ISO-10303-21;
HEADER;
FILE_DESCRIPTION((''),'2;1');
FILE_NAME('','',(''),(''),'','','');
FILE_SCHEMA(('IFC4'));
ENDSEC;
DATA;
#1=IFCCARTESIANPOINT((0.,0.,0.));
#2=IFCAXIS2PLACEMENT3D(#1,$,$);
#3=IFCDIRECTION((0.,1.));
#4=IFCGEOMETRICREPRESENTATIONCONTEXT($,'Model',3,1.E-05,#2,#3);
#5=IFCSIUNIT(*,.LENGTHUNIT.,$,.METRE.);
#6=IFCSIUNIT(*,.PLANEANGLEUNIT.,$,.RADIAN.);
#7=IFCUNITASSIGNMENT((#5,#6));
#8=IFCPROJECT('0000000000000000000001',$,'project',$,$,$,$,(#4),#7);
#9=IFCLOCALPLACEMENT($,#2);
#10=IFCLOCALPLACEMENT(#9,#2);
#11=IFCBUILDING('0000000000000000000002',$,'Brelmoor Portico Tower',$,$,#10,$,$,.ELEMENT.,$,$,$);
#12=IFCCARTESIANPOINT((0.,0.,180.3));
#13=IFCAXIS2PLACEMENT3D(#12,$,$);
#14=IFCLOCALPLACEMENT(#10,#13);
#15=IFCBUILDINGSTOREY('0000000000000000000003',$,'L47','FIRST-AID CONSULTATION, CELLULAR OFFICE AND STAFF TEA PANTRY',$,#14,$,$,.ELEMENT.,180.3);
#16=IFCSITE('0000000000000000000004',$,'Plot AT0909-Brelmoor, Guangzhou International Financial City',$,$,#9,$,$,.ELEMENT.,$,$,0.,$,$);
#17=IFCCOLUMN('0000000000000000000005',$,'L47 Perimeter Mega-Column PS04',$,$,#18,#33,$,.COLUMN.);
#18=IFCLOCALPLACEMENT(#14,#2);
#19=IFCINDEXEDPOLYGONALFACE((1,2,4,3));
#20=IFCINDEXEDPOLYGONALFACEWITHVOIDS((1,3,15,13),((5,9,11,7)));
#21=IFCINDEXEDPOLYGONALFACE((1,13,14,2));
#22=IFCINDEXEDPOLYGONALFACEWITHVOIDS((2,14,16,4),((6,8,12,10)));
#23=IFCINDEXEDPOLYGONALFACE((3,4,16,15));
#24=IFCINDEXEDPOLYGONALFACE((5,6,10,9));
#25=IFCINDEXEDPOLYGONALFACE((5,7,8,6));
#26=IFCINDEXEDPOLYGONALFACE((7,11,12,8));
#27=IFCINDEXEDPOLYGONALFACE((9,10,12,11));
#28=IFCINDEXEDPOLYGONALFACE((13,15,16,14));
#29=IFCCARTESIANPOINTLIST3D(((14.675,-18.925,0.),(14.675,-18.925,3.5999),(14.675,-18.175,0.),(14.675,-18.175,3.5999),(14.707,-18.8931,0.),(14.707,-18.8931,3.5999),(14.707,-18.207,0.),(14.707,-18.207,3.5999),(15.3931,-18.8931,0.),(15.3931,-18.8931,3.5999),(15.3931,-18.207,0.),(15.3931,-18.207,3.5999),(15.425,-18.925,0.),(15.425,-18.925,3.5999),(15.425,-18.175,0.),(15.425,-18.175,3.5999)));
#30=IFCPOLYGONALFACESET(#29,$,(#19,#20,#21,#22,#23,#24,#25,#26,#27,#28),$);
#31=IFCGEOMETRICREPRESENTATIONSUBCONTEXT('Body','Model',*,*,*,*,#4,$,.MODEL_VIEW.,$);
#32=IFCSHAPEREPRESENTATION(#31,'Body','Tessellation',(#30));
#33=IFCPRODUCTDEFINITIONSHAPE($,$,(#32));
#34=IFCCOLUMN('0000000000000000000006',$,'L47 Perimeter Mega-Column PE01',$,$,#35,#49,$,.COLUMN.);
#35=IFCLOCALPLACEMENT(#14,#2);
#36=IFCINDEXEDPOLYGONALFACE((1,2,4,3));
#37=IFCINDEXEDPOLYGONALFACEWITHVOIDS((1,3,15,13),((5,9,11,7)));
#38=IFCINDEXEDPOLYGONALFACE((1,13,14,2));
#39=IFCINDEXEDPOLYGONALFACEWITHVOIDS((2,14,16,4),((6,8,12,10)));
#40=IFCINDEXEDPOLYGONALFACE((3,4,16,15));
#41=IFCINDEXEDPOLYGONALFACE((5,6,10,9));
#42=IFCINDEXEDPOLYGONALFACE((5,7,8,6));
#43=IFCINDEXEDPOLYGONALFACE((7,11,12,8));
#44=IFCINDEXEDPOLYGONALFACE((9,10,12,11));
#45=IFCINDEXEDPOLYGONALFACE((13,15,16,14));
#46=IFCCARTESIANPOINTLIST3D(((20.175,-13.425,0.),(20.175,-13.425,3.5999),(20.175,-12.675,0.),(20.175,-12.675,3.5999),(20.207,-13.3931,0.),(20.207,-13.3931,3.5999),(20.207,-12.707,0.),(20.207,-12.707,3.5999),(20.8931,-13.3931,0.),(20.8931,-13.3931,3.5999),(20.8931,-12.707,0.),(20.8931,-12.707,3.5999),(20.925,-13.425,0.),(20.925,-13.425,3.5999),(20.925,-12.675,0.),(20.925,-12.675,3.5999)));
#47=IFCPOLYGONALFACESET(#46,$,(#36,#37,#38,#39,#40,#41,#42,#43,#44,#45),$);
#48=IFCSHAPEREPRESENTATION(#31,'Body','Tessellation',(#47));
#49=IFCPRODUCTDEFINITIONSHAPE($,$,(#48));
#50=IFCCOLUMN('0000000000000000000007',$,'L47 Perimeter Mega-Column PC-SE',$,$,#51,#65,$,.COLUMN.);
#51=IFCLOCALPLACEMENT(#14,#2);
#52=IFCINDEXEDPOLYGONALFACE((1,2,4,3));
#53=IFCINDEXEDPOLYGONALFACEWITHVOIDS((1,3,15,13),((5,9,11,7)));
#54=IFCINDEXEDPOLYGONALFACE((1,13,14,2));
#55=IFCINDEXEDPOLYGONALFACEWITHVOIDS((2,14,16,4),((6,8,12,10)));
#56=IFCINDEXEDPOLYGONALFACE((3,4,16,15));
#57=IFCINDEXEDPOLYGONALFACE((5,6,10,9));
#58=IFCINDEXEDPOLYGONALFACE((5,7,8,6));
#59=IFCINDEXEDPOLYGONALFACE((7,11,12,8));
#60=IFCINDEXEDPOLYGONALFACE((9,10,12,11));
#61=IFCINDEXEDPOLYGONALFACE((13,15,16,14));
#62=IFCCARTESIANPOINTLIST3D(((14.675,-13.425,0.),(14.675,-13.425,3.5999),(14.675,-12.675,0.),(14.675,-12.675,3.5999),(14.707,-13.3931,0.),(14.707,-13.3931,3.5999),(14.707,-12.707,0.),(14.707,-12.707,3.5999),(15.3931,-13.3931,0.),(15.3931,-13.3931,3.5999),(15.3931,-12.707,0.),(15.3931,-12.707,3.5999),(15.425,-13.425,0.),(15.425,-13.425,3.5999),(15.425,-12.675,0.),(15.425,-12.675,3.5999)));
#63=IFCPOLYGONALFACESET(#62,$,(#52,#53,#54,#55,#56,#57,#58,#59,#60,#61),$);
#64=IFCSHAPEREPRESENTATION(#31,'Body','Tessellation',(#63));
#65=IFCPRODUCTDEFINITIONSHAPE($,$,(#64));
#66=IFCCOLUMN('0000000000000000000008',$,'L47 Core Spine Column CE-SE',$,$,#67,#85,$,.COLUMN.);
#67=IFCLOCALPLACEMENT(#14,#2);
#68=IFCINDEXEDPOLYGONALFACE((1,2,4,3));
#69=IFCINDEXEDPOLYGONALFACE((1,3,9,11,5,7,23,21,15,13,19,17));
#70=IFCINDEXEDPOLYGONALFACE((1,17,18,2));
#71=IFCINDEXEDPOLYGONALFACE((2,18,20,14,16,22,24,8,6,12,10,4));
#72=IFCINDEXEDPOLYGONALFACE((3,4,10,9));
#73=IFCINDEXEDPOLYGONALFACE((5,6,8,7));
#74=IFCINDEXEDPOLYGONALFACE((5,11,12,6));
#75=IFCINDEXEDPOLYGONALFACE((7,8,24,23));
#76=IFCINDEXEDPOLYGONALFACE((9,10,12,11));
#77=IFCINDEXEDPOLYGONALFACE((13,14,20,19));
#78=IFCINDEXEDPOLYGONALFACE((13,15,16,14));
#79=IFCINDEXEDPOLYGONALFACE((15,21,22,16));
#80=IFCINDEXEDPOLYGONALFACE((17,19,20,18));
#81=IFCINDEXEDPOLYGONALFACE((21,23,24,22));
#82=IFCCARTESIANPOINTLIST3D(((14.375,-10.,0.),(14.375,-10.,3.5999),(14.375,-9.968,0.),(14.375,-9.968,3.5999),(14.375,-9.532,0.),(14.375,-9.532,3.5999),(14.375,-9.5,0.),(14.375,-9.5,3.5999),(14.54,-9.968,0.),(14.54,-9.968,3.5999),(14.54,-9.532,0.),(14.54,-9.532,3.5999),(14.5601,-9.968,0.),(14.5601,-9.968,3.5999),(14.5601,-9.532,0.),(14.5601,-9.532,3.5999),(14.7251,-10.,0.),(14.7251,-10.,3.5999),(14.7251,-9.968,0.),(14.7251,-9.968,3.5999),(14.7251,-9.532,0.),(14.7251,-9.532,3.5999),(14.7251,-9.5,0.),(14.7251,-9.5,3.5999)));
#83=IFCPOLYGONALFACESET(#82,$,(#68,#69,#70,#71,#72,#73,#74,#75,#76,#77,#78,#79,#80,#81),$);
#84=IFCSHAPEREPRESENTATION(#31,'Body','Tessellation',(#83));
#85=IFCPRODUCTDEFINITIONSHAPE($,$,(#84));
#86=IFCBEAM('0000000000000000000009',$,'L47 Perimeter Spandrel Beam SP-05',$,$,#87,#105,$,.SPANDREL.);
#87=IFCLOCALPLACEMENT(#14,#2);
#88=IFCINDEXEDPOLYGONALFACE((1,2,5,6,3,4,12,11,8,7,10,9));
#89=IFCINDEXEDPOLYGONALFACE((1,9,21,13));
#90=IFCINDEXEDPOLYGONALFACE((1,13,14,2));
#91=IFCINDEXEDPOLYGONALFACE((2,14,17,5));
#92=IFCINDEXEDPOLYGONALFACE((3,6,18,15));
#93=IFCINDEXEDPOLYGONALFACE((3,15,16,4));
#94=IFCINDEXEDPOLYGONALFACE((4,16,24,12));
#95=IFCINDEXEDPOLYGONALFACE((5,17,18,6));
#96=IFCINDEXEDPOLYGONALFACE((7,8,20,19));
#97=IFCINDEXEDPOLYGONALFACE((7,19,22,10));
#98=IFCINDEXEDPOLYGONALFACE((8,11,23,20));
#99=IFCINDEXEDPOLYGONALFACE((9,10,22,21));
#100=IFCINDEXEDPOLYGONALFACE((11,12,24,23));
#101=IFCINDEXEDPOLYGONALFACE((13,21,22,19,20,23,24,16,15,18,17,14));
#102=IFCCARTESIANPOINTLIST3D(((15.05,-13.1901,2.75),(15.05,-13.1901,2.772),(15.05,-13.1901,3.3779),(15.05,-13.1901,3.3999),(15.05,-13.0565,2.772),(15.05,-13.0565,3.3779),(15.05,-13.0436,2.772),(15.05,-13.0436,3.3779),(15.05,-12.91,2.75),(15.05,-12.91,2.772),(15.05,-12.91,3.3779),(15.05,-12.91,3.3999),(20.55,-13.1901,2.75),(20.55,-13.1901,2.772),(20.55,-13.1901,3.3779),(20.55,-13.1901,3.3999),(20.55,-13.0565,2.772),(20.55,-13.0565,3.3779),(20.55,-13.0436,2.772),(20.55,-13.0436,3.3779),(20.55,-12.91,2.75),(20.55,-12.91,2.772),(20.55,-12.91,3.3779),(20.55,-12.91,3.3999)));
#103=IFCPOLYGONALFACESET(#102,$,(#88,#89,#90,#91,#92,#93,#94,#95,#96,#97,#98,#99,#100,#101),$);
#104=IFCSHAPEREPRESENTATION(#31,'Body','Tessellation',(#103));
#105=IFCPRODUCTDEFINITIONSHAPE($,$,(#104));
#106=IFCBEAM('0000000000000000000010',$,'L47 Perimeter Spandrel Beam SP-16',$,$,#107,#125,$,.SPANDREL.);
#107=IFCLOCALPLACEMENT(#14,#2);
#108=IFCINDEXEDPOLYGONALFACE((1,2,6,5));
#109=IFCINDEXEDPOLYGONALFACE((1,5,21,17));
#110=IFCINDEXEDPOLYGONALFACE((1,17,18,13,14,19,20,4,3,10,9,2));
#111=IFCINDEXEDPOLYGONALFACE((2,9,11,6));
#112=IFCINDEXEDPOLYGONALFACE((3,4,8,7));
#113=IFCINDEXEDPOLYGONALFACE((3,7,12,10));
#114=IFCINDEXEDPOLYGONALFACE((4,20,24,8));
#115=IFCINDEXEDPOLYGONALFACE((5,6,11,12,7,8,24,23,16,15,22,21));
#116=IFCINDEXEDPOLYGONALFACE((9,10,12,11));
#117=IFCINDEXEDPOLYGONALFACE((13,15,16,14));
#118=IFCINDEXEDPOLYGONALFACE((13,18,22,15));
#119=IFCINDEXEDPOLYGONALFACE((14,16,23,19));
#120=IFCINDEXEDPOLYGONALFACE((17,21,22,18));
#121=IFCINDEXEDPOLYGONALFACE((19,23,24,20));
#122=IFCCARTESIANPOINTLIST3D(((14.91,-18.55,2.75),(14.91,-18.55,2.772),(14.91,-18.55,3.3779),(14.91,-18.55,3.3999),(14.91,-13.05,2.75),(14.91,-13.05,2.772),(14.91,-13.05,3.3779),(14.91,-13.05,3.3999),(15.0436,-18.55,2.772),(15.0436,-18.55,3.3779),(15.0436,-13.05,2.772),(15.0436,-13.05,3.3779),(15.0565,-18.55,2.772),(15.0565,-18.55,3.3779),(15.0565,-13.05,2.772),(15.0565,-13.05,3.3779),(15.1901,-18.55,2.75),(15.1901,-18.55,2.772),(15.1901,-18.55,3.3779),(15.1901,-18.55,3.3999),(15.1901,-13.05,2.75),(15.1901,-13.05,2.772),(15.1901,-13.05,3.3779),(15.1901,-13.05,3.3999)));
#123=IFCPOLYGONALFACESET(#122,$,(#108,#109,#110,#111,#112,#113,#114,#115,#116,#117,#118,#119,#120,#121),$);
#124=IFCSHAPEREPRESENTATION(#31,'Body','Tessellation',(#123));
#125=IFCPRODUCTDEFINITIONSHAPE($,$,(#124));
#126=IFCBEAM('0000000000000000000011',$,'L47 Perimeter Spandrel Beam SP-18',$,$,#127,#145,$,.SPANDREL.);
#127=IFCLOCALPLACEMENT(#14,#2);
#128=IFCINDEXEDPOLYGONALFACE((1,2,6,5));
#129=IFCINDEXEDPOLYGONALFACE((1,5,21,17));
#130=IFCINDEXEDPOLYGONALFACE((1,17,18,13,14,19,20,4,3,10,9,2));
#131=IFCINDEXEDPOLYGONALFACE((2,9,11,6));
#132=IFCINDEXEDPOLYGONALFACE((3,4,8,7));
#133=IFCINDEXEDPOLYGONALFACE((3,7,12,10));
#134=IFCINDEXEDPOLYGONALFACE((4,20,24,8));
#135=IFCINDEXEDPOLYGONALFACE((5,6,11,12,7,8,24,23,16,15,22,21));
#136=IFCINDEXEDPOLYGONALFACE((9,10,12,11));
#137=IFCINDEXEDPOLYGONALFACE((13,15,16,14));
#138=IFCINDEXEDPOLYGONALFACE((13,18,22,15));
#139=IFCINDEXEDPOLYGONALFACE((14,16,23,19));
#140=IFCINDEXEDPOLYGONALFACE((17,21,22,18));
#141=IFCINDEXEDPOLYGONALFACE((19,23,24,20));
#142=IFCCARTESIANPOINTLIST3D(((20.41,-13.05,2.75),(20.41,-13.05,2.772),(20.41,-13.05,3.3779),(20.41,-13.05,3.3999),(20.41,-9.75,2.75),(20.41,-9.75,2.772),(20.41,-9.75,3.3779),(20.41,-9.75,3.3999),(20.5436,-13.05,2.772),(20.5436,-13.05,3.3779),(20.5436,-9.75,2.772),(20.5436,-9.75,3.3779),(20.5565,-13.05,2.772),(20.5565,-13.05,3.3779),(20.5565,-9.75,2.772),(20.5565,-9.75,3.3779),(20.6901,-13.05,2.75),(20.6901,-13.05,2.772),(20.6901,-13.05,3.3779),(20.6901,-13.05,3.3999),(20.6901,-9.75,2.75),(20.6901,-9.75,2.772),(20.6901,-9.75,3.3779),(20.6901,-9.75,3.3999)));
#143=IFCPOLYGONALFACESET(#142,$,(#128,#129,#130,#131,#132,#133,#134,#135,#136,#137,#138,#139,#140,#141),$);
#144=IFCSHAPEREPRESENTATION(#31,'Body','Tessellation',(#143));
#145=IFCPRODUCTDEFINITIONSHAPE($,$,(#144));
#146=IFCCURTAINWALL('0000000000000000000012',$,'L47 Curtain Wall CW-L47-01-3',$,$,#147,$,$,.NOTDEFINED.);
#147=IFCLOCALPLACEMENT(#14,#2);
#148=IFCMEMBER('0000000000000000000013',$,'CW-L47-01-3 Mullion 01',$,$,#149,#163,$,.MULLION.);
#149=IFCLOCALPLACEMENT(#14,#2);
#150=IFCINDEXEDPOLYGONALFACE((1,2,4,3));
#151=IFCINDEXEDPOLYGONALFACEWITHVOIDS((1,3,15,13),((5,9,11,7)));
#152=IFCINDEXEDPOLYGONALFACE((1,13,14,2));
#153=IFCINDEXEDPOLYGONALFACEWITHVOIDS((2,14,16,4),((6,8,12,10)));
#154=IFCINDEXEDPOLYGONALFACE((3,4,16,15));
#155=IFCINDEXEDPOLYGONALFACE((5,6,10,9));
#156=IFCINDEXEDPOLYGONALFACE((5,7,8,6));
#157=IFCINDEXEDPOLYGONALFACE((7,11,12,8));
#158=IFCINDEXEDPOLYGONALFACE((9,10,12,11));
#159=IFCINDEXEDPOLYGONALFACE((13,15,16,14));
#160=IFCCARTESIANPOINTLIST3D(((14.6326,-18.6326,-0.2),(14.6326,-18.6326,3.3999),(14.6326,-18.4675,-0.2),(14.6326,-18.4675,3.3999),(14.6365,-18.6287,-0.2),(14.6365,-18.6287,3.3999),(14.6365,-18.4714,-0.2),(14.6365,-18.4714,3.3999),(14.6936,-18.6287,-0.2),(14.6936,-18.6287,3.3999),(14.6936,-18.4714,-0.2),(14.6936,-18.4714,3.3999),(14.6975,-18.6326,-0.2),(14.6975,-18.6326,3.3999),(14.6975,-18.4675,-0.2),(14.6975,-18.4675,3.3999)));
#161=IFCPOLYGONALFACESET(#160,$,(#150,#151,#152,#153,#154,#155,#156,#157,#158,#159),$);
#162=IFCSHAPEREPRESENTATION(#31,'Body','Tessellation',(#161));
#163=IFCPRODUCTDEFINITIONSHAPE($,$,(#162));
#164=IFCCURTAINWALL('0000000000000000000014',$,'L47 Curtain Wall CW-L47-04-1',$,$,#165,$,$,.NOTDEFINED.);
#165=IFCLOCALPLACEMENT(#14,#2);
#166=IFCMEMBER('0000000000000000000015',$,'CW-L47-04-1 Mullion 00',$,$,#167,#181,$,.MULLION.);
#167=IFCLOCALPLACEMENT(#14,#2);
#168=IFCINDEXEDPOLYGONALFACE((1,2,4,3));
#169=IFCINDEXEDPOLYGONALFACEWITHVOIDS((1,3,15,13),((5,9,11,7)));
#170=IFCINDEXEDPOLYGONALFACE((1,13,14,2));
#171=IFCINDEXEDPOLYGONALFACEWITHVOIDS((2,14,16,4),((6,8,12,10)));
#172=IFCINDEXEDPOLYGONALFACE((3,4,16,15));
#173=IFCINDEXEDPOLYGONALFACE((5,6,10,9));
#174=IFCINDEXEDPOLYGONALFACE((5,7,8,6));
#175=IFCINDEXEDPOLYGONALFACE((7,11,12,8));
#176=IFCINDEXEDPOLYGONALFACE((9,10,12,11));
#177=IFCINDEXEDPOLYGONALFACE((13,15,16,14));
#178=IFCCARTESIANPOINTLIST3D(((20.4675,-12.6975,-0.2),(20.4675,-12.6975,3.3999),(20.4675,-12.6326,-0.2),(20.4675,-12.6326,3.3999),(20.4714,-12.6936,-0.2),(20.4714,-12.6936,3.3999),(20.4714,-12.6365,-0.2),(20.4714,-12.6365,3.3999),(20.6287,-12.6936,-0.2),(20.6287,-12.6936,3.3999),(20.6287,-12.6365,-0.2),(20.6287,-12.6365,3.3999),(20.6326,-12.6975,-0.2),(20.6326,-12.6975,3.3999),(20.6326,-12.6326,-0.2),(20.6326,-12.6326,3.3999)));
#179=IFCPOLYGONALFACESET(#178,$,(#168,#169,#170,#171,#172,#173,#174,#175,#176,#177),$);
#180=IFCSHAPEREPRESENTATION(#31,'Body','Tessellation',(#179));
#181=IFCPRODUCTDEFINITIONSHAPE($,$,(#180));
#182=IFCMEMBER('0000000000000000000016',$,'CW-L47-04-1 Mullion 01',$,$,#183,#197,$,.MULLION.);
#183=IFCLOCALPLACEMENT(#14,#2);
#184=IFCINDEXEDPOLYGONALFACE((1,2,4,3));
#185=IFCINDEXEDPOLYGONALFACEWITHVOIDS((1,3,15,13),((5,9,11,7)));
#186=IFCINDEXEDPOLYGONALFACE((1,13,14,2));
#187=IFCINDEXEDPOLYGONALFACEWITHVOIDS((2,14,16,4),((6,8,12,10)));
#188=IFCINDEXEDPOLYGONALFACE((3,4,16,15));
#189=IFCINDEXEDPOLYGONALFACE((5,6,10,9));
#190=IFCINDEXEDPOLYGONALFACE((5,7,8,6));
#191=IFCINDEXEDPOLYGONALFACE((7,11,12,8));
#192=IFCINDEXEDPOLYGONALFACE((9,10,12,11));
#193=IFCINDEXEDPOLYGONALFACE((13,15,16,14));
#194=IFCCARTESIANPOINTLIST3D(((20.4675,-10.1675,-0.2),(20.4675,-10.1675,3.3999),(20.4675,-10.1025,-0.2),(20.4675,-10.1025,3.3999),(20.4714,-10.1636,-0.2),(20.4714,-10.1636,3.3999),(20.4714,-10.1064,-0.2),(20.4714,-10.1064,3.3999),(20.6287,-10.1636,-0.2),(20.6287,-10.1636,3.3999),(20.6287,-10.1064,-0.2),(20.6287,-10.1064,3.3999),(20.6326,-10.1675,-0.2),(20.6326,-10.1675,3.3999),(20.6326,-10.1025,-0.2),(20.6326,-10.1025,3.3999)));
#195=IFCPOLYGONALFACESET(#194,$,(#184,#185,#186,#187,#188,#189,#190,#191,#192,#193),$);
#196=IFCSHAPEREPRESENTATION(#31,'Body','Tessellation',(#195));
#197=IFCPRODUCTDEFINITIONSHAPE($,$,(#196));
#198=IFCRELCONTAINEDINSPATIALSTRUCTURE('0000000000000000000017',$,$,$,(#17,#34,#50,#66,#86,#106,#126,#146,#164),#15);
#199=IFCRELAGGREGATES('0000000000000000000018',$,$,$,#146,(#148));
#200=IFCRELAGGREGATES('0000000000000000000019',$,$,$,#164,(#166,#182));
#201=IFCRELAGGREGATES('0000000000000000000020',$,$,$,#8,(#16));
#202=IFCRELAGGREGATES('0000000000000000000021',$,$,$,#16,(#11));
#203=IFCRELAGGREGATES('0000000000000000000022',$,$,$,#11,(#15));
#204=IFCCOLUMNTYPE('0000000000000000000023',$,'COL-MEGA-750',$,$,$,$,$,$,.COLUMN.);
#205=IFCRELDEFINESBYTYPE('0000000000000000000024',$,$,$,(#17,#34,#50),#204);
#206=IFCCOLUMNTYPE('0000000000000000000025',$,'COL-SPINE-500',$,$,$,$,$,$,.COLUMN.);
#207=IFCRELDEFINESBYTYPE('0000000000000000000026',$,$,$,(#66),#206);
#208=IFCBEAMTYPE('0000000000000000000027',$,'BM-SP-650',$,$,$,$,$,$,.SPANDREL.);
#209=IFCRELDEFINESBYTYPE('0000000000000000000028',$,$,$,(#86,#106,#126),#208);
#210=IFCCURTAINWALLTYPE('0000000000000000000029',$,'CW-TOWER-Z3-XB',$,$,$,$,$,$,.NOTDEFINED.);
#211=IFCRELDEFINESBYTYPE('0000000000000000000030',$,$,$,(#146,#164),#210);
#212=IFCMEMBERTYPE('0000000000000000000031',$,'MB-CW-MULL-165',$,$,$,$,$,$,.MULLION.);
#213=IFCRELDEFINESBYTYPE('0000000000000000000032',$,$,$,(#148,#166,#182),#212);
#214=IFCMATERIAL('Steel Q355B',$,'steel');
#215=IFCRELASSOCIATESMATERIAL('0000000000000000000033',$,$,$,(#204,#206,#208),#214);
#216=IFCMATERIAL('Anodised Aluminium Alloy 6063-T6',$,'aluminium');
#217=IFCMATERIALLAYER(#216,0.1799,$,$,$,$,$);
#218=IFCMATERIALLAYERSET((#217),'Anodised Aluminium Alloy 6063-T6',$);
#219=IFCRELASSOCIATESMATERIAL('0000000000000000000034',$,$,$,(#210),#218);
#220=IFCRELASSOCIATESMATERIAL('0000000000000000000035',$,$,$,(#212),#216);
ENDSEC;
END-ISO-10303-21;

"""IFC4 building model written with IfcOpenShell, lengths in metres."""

from ifc_helpers import new_model, si_unit, direction, frame, origin, origin_2d, place, context, subcontext, project, spatial, hollow_rectangle, i_section, extrude, material, layer, layer_set, material_profile, profile_set, type_object, element, aggregate, save


model = new_model("IFC4")

# Units and contexts
model_context = context("Model", 3, precision=1e-05, world=origin(), true_north=direction((0.0, 1.0)))
body_context = subcontext(model_context, "Body", "Model", "MODEL_VIEW")
ifc_project = project(units=[si_unit("LENGTHUNIT", "METRE"), si_unit("PLANEANGLEUNIT", "RADIAN")], contexts=[model_context])

# Site, building, storey
site_placement = place(None, origin())
site = spatial("IfcSite", under=ifc_project, at=site_placement, Name="Plot AT0909-Brelmoor, Guangzhou International Financial City", CompositionType="ELEMENT", RefElevation=0.0)
building_placement = place(site_placement, origin())
building = spatial("IfcBuilding", under=site, at=building_placement, Name="Brelmoor Portico Tower", CompositionType="ELEMENT")
storey_placement = place(building_placement, frame((0.0, 0.0, 180.3)))
storey = spatial("IfcBuildingStorey", under=building, at=storey_placement, Name="L47", Description="FIRST-AID CONSULTATION, CELLULAR OFFICE AND STAFF TEA PANTRY", CompositionType="ELEMENT", Elevation=180.3)

# Columns
ifc_material_1 = material(Name="Steel Q355B", Category="steel")
ifc_material_profile_1 = material_profile(ifc_material_1, hollow_rectangle(XDim=0.75, YDim=0.75, WallThickness=0.032, at=origin_2d()), Name="BOX 750x750x32")
ifc_profile_set_1 = profile_set([ifc_material_profile_1], Name="Steel Q355B")
column_type_1 = type_object("IfcColumnType", Name="COL-MEGA-750", PredefinedType="COLUMN", material=ifc_profile_set_1)
for number, where, z_axis, x_axis, name in (
    (1, (15.05, -18.55, 0.0), (0.0, 0.0, 1.0), (1.0, 0.0, 0.0), "L47 Perimeter Mega-Column PS04"),
    (2, (20.55, -13.05, 0.0), (0.0, 0.0, 1.0), (0.0, 1.0, 0.0), "L47 Perimeter Mega-Column PE01"),
    (3, (15.05, -13.05, 0.0), (0.0, 0.0, 1.0), (1.0, 0.0, 0.0), "L47 Perimeter Mega-Column PC-SE"),
):
    element("IfcColumn", number, at=place(storey_placement, frame(where, z_axis=z_axis, x_axis=x_axis)), inside=storey, type_object=column_type_1, Name=name, PredefinedType="COLUMN", context=body_context, shape_type="SweptSolid", body=[
        extrude(hollow_rectangle(XDim=0.75, YDim=0.75, WallThickness=0.032, at=origin_2d()), origin(), (0.0, 0.0, 1.0), 3.5999),
    ])
ifc_material_profile_2 = material_profile(ifc_material_1, i_section(OverallWidth=0.3501, OverallDepth=0.5, WebThickness=0.02, FlangeThickness=0.032, at=origin_2d()), Name="HW 500x350x20x32")
ifc_profile_set_2 = profile_set([ifc_material_profile_2], Name="Steel Q355B")
column_type_2 = type_object("IfcColumnType", Name="COL-SPINE-500", PredefinedType="COLUMN", material=ifc_profile_set_2)
column_placement = place(storey_placement, frame((14.55, -9.75, 0.0), z_axis=(0.0, 0.0, 1.0), x_axis=(1.0, 0.0, 0.0)))
element("IfcColumn", 4, at=column_placement, inside=storey, type_object=column_type_2, Name="L47 Core Spine Column CE-SE", PredefinedType="COLUMN", context=body_context, shape_type="SweptSolid", body=[
    extrude(i_section(OverallWidth=0.3501, OverallDepth=0.5, WebThickness=0.02, FlangeThickness=0.032, at=origin_2d()), origin(), (0.0, 0.0, 1.0), 3.5999),
])

# Beams
ifc_material_profile_3 = material_profile(ifc_material_1, i_section(OverallWidth=0.28, OverallDepth=0.6499, WebThickness=0.0129, FlangeThickness=0.022, at=origin_2d()), Name="HN 650x280x13x22")
ifc_profile_set_3 = profile_set([ifc_material_profile_3], Name="Steel Q355B")
beam_type = type_object("IfcBeamType", Name="BM-SP-650", PredefinedType="SPANDREL", material=ifc_profile_set_3)
for number, where, z_axis, x_axis, name in (
    (5, (15.05, -13.05, 3.075), (1.0, 0.0, 0.0), (0.0, 1.0, 0.0), "L47 Perimeter Spandrel Beam SP-05"),
    (6, (15.05, -18.55, 3.075), (0.0, 1.0, 0.0), (-1.0, 0.0, 0.0), "L47 Perimeter Spandrel Beam SP-16"),
):
    element("IfcBeam", number, at=place(storey_placement, frame(where, z_axis=z_axis, x_axis=x_axis)), inside=storey, type_object=beam_type, Name=name, PredefinedType="SPANDREL", context=body_context, shape_type="SweptSolid", body=[
        extrude(i_section(OverallWidth=0.28, OverallDepth=0.6499, WebThickness=0.0129, FlangeThickness=0.022, at=origin_2d()), origin(), (0.0, 0.0, 1.0), 5.5),
    ])
beam_placement = place(storey_placement, frame((20.55, -13.05, 3.075), z_axis=(0.0, 1.0, 0.0), x_axis=(-1.0, 0.0, 0.0)))
element("IfcBeam", 7, at=beam_placement, inside=storey, type_object=beam_type, Name="L47 Perimeter Spandrel Beam SP-18", PredefinedType="SPANDREL", context=body_context, shape_type="SweptSolid", body=[
    extrude(i_section(OverallWidth=0.28, OverallDepth=0.6499, WebThickness=0.0129, FlangeThickness=0.022, at=origin_2d()), origin(), (0.0, 0.0, 1.0), 3.3),
])

# Curtain wall, member
ifc_material_2 = material(Name="Anodised Aluminium Alloy 6063-T6", Category="aluminium")
ifc_layer_1 = layer(ifc_material_2, 0.1799)
ifc_layer_set_1 = layer_set([ifc_layer_1], Name="Anodised Aluminium Alloy 6063-T6")
curtain_wall_type = type_object("IfcCurtainWallType", Name="CW-TOWER-Z3-XB", PredefinedType="NOTDEFINED", material=ifc_layer_set_1)
curtain_wall_1_placement = place(storey_placement, origin())
curtain_wall_1 = element("IfcCurtainWall", 8, at=curtain_wall_1_placement, inside=storey, type_object=curtain_wall_type, Name="L47 Curtain Wall CW-L47-01-3", PredefinedType="NOTDEFINED")
ifc_material_profile_4 = material_profile(ifc_material_2, hollow_rectangle(XDim=0.0649, YDim=0.165, WallThickness=0.0039, at=origin_2d()), Name="ALU MULLION 65x165")
ifc_profile_set_4 = profile_set([ifc_material_profile_4], Name="Anodised Aluminium Alloy 6063-T6")
member_type_1 = type_object("IfcMemberType", Name="MB-CW-MULL-165", PredefinedType="MULLION", material=ifc_profile_set_4)
member_1_placement = place(storey_placement, frame((14.665, -18.55, -0.2), z_axis=(0.0, 0.0, 1.0), x_axis=(1.0, 0.0, 0.0)))
member_1 = element("IfcMember", 9, at=member_1_placement, type_object=member_type_1, Name="CW-L47-01-3 Mullion 01", PredefinedType="MULLION", context=body_context, shape_type="SweptSolid", body=[
    extrude(hollow_rectangle(XDim=0.0649, YDim=0.165, WallThickness=0.0039, at=origin_2d()), origin(), (0.0, 0.0, 1.0), 3.5999),
])
aggregate(curtain_wall_1, [member_1])

# Curtain wall, members
curtain_wall_2_placement = place(storey_placement, origin())
curtain_wall_2 = element("IfcCurtainWall", 10, at=curtain_wall_2_placement, inside=storey, type_object=curtain_wall_type, Name="L47 Curtain Wall CW-L47-04-1", PredefinedType="NOTDEFINED")
member_2_placement = place(storey_placement, frame((20.55, -12.665, -0.2), z_axis=(0.0, 0.0, 1.0), x_axis=(0.0, 1.0, 0.0)))
member_2 = element("IfcMember", 11, at=member_2_placement, type_object=member_type_1, Name="CW-L47-04-1 Mullion 00", PredefinedType="MULLION", context=body_context, shape_type="SweptSolid", body=[
    extrude(hollow_rectangle(XDim=0.0649, YDim=0.165, WallThickness=0.0039, at=origin_2d()), origin(), (0.0, 0.0, 1.0), 3.5999),
])
member_3_placement = place(storey_placement, frame((20.55, -10.135, -0.2), z_axis=(0.0, 0.0, 1.0), x_axis=(0.0, 1.0, 0.0)))
member_3 = element("IfcMember", 12, at=member_3_placement, type_object=member_type_1, Name="CW-L47-04-1 Mullion 01", PredefinedType="MULLION", context=body_context, shape_type="SweptSolid", body=[
    extrude(hollow_rectangle(XDim=0.0649, YDim=0.165, WallThickness=0.0039, at=origin_2d()), origin(), (0.0, 0.0, 1.0), 3.5999),
])
aggregate(curtain_wall_2, [member_2, member_3])

save(model, "model.ifc")
